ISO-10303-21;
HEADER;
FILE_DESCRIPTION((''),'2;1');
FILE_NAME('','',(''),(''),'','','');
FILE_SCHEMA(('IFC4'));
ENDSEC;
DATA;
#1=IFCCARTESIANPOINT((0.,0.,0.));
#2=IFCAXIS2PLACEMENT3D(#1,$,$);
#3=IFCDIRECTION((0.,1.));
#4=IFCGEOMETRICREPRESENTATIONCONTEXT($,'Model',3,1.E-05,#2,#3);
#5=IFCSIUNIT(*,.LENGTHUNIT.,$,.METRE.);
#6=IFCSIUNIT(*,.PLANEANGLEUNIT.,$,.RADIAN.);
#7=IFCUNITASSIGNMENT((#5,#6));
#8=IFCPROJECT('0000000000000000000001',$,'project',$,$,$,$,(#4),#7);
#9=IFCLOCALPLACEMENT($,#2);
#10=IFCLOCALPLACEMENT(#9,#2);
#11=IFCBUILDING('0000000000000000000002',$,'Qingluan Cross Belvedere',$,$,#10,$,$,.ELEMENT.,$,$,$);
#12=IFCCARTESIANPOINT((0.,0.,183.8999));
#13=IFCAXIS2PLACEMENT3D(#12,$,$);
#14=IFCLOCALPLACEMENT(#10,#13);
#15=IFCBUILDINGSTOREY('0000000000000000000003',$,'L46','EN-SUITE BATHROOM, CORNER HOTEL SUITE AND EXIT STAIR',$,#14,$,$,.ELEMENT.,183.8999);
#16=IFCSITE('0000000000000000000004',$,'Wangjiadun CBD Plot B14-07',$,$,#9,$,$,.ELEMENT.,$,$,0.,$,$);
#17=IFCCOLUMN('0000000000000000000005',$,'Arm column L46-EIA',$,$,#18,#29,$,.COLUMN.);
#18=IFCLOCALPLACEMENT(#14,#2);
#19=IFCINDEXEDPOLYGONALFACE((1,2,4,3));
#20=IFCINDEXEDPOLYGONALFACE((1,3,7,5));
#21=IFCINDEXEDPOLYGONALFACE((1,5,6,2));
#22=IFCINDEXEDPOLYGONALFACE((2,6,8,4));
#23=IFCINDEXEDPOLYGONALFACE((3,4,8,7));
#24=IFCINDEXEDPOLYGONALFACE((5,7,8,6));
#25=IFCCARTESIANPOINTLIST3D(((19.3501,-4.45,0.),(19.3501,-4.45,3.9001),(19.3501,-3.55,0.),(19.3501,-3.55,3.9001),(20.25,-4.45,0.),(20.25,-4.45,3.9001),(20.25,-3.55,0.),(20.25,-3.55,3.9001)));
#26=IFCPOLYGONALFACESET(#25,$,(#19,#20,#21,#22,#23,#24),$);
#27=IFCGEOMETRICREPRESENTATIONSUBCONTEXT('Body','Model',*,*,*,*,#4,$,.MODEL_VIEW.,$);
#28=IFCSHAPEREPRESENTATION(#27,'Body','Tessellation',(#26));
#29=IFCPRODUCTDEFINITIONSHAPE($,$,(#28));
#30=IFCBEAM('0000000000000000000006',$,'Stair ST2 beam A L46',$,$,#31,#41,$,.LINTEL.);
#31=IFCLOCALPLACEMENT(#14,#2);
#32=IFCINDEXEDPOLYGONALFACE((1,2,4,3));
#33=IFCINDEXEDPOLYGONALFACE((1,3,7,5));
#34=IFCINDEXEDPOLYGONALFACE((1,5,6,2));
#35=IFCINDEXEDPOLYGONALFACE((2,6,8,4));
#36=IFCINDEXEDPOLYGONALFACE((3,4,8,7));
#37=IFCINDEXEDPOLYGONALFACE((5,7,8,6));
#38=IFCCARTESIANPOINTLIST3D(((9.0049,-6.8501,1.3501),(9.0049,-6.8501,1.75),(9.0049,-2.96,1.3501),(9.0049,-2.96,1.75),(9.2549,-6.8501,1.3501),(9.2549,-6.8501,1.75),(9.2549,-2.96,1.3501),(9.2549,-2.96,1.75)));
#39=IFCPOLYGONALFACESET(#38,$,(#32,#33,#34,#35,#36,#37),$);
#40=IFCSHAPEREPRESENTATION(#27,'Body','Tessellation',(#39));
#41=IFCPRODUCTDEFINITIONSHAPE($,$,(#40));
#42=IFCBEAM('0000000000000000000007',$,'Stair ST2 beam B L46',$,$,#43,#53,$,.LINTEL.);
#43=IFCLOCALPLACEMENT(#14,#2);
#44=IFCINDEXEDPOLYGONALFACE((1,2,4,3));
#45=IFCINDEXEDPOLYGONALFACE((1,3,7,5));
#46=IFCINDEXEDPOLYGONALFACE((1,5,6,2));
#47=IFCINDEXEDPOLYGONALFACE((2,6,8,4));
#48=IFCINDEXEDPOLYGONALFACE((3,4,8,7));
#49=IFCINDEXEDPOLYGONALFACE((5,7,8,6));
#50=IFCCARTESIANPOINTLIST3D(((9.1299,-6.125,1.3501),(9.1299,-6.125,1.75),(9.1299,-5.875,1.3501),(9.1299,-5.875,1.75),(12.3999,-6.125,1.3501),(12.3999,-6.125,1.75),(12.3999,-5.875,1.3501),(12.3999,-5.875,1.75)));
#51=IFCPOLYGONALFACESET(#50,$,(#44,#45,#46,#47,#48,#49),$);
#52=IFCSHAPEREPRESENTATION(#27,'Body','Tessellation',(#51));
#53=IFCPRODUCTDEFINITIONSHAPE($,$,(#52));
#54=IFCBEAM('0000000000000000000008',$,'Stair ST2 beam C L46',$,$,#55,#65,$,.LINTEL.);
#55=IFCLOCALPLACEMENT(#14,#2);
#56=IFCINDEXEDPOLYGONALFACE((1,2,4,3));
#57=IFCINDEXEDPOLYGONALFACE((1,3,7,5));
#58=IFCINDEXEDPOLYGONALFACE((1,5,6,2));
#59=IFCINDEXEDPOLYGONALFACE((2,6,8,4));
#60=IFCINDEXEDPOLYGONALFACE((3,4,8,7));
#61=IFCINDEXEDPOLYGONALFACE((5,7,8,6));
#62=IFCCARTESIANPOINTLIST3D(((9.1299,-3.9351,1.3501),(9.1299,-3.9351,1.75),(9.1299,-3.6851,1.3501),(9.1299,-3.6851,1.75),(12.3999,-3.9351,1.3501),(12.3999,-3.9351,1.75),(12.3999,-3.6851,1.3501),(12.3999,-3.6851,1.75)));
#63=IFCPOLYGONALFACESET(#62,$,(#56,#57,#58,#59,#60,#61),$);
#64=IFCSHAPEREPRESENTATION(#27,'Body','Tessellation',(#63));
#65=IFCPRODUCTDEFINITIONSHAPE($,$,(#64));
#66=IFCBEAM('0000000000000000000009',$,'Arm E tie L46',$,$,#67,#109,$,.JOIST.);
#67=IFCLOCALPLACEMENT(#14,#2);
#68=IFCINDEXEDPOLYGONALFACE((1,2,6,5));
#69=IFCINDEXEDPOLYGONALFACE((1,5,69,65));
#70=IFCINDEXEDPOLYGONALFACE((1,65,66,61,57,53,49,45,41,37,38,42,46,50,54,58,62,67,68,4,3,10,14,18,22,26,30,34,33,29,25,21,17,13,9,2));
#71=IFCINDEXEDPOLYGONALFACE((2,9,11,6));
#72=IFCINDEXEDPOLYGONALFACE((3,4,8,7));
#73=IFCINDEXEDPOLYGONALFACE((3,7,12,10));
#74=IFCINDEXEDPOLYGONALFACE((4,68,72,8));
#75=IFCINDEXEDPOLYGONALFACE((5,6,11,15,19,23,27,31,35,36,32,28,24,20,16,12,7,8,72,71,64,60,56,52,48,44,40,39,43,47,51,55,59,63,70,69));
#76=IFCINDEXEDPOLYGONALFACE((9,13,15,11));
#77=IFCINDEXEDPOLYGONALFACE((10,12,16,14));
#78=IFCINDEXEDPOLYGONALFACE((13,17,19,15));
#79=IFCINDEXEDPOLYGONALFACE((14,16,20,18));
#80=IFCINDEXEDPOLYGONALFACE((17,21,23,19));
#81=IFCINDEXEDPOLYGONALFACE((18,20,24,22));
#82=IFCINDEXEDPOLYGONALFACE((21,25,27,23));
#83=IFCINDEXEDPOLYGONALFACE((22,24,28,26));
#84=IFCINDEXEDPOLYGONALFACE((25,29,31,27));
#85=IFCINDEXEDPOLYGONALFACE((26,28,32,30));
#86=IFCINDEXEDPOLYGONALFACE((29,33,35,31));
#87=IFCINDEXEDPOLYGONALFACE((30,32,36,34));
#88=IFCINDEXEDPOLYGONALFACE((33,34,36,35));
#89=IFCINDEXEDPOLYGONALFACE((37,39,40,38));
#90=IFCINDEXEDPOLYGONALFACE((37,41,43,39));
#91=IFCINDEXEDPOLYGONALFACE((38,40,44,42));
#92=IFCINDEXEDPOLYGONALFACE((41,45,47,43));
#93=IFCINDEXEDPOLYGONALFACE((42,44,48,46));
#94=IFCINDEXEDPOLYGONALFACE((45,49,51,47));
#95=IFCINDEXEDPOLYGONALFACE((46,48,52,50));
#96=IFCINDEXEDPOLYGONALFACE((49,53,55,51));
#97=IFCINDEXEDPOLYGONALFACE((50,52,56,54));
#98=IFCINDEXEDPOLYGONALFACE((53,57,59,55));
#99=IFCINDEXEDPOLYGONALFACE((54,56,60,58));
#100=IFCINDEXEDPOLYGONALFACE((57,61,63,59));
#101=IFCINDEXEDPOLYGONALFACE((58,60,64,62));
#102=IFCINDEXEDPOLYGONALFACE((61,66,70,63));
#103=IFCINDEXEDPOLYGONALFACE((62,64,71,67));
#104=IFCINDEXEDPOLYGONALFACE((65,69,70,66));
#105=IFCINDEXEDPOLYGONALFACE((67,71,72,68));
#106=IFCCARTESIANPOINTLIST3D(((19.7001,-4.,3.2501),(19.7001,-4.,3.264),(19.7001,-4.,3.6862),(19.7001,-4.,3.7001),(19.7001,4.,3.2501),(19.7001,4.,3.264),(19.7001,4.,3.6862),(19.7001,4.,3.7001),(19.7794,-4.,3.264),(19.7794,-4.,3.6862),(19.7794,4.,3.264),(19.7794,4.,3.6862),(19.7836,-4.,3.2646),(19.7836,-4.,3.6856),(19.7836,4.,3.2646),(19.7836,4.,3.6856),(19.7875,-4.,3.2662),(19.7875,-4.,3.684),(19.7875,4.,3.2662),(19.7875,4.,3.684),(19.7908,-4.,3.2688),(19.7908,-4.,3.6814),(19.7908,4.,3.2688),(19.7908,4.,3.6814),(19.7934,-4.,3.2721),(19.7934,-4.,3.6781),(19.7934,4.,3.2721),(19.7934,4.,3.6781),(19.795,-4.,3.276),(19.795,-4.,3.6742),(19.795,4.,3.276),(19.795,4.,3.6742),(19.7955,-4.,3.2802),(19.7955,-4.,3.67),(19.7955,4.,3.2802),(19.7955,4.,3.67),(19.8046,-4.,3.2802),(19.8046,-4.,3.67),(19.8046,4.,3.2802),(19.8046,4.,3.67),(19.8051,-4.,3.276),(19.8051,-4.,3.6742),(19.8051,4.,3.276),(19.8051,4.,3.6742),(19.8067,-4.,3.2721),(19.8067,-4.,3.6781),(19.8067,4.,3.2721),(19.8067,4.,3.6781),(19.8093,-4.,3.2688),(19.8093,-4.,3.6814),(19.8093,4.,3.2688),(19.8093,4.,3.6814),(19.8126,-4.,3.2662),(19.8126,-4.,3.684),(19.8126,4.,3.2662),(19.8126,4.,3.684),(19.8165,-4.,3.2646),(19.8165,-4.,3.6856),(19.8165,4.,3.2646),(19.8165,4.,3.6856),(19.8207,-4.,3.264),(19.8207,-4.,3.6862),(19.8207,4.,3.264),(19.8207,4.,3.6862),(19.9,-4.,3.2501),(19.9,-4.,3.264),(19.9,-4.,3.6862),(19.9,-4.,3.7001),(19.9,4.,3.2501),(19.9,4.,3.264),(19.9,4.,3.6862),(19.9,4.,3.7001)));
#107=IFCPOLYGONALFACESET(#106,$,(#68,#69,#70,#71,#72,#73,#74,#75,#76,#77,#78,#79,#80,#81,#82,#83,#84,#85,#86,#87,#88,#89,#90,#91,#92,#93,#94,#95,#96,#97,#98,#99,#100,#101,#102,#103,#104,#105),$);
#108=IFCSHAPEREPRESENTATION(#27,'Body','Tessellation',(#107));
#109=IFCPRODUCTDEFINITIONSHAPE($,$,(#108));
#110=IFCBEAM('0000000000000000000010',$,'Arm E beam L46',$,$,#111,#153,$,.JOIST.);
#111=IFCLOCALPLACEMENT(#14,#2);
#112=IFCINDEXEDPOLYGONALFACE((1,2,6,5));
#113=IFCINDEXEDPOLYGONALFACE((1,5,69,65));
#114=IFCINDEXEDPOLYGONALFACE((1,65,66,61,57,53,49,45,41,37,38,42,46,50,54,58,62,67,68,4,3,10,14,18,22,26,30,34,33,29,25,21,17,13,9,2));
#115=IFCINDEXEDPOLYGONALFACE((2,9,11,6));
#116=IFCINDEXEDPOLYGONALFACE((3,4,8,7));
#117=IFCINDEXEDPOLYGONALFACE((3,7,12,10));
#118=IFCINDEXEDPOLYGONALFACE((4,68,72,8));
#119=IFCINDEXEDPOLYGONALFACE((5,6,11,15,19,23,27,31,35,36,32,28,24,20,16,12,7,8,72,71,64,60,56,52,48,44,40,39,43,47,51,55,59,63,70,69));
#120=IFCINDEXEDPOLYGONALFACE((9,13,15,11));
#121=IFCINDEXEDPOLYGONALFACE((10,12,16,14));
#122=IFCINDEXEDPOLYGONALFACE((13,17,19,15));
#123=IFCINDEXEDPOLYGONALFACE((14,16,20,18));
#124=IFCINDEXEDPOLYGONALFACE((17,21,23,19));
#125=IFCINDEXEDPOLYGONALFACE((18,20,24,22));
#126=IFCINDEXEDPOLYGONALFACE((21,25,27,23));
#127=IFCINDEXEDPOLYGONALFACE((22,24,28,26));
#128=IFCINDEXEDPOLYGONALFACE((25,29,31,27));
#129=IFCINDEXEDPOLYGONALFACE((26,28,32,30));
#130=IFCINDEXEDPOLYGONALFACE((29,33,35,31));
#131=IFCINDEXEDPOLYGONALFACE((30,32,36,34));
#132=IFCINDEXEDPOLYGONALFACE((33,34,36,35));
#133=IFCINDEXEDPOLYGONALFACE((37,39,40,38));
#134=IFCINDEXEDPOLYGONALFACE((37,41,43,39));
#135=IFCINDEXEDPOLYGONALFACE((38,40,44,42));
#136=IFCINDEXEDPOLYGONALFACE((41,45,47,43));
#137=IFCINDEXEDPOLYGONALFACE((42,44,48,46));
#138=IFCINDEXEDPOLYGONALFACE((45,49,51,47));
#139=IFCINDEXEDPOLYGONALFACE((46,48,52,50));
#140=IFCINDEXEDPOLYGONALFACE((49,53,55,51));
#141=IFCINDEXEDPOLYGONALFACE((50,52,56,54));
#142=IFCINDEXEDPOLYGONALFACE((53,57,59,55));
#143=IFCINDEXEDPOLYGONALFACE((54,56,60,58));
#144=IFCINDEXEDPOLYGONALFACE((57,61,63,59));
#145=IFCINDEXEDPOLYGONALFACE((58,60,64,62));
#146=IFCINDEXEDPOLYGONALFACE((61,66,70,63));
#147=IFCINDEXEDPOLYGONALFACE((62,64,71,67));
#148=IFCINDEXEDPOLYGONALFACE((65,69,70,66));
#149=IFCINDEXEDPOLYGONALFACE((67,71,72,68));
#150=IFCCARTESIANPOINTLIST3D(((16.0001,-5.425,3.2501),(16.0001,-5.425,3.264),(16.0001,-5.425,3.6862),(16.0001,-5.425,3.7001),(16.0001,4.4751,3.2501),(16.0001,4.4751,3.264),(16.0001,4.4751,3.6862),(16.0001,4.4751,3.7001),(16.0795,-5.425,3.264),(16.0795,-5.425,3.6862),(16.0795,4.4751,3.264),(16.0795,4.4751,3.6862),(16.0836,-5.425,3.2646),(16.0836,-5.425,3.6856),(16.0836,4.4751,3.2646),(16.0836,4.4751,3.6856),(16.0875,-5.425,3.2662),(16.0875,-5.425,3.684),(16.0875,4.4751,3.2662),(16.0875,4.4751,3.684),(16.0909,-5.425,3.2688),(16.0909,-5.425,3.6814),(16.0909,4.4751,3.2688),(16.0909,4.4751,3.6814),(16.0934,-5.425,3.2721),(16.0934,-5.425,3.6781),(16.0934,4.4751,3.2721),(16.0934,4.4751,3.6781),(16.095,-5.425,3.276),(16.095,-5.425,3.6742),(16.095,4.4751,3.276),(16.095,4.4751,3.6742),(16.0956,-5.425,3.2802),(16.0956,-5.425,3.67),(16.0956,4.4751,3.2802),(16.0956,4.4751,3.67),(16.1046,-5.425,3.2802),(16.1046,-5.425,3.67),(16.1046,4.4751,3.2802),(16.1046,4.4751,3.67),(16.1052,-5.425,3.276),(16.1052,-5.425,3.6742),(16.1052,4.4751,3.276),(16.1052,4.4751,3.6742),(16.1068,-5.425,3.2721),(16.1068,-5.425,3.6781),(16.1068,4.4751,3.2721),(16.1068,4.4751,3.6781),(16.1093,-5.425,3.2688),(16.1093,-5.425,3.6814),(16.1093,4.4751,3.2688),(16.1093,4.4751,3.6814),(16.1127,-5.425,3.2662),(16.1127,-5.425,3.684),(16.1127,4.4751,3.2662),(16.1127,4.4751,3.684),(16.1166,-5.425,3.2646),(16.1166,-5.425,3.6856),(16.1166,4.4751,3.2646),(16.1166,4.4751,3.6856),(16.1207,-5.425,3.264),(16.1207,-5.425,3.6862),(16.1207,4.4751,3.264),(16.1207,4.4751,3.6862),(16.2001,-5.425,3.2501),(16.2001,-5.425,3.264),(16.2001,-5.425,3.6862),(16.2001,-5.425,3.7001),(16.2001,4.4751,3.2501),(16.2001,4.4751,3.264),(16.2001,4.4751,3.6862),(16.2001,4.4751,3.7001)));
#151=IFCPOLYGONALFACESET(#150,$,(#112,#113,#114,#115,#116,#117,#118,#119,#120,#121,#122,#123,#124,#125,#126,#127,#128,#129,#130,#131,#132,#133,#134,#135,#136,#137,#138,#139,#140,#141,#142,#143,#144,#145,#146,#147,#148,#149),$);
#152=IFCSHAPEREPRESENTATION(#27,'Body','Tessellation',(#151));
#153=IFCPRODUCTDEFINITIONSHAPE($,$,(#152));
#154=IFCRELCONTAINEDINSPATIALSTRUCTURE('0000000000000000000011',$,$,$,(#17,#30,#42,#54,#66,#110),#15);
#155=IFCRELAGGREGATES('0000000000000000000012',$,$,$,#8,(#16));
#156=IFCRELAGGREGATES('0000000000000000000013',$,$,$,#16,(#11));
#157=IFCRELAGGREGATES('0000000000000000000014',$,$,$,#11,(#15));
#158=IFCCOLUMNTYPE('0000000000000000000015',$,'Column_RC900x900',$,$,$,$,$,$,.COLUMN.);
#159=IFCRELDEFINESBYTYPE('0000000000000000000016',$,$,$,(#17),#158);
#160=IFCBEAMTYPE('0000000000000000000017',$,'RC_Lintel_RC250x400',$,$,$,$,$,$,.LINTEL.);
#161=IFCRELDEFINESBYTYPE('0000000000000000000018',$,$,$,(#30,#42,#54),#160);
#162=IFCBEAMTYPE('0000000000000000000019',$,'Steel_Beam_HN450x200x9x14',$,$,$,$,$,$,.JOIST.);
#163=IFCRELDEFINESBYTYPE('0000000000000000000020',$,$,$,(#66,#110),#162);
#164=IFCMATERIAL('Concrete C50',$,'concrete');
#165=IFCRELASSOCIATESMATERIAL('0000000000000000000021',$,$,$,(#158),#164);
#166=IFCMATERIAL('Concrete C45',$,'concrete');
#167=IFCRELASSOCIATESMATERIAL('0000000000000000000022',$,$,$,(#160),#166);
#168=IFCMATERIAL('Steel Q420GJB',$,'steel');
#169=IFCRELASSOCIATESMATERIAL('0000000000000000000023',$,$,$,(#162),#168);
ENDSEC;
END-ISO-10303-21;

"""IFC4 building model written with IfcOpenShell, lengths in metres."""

from ifc_helpers import new_model, si_unit, direction, frame, origin, origin_2d, place, context, subcontext, project, spatial, rectangle, i_section, extrude, material, material_profile, profile_set, type_object, element, save


model = new_model("IFC4")

# Units and contexts
model_context = context("Model", 3, precision=1e-05, world=origin(), true_north=direction((0.0, 1.0)))
body_context = subcontext(model_context, "Body", "Model", "MODEL_VIEW")
ifc_project = project(units=[si_unit("LENGTHUNIT", "METRE"), si_unit("PLANEANGLEUNIT", "RADIAN")], contexts=[model_context])

# Site, building, storey
site_placement = place(None, origin())
site = spatial("IfcSite", under=ifc_project, at=site_placement, Name="Wangjiadun CBD Plot B14-07", CompositionType="ELEMENT", RefElevation=0.0)
building_placement = place(site_placement, origin())
building = spatial("IfcBuilding", under=site, at=building_placement, Name="Qingluan Cross Belvedere", CompositionType="ELEMENT")
storey_placement = place(building_placement, frame((0.0, 0.0, 183.8999)))
storey = spatial("IfcBuildingStorey", under=building, at=storey_placement, Name="L46", Description="EN-SUITE BATHROOM, CORNER HOTEL SUITE AND EXIT STAIR", CompositionType="ELEMENT", Elevation=183.8999)

# Column
ifc_material_1 = material(Name="Concrete C50", Category="concrete")
ifc_material_profile_1 = material_profile(ifc_material_1, rectangle(XDim=0.8999, YDim=0.8999, at=origin_2d()), Name="RC900x900")
ifc_profile_set_1 = profile_set([ifc_material_profile_1], Name="Concrete C50")
column_type = type_object("IfcColumnType", Name="Column_RC900x900", PredefinedType="COLUMN", material=ifc_profile_set_1)
column_placement = place(storey_placement, frame((19.8, -4.0, 0.0), z_axis=(0.0, 0.0, 1.0), x_axis=(1.0, 0.0, 0.0)))
element("IfcColumn", 1, at=column_placement, inside=storey, type_object=column_type, Name="Arm column L46-EIA", PredefinedType="COLUMN", context=body_context, shape_type="SweptSolid", body=[
    extrude(rectangle(XDim=0.8999, YDim=0.8999, at=origin_2d()), origin(), (0.0, 0.0, 1.0), 3.9001),
])

# Beams
ifc_material_2 = material(Name="Concrete C45", Category="concrete")
ifc_material_profile_2 = material_profile(ifc_material_2, rectangle(XDim=0.25, YDim=0.3999, at=origin_2d()), Name="RC250x400")
ifc_profile_set_2 = profile_set([ifc_material_profile_2], Name="Concrete C45")
beam_type_1 = type_object("IfcBeamType", Name="RC_Lintel_RC250x400", PredefinedType="LINTEL", material=ifc_profile_set_2)
beam_1_placement = place(storey_placement, frame((9.1299, -6.8501, 1.55), z_axis=(0.0, 1.0, 0.0), x_axis=(-1.0, 0.0, 0.0)))
element("IfcBeam", 2, at=beam_1_placement, inside=storey, type_object=beam_type_1, Name="Stair ST2 beam A L46", PredefinedType="LINTEL", context=body_context, shape_type="SweptSolid", body=[
    extrude(rectangle(XDim=0.25, YDim=0.3999, at=origin_2d()), origin(), (0.0, 0.0, 1.0), 3.8901),
])
for number, where, z_axis, x_axis, name in (
    (3, (12.3999, -6.0, 1.55), (-1.0, 0.0, 0.0), (0.0, -1.0, 0.0), "Stair ST2 beam B L46"),
    (4, (12.3999, -3.8101, 1.55), (-1.0, 0.0, 0.0), (0.0, -1.0, 0.0), "Stair ST2 beam C L46"),
):
    element("IfcBeam", number, at=place(storey_placement, frame(where, z_axis=z_axis, x_axis=x_axis)), inside=storey, type_object=beam_type_1, Name=name, PredefinedType="LINTEL", context=body_context, shape_type="SweptSolid", body=[
        extrude(rectangle(XDim=0.25, YDim=0.3999, at=origin_2d()), origin(), (0.0, 0.0, 1.0), 3.27),
    ])
ifc_material_3 = material(Name="Steel Q420GJB", Category="steel")
ifc_material_profile_3 = material_profile(ifc_material_3, i_section(OverallWidth=0.2, OverallDepth=0.45, WebThickness=0.009, FlangeThickness=0.0139, FilletRadius=0.0161, at=origin_2d()), Name="HN450x200x9x14")
ifc_profile_set_3 = profile_set([ifc_material_profile_3], Name="Steel Q420GJB")
beam_type_2 = type_object("IfcBeamType", Name="Steel_Beam_HN450x200x9x14", PredefinedType="JOIST", material=ifc_profile_set_3)
beam_2_placement = place(storey_placement, frame((19.8, -4.0, 3.4751), z_axis=(0.0, 1.0, 0.0), x_axis=(-1.0, 0.0, 0.0)))
element("IfcBeam", 5, at=beam_2_placement, inside=storey, type_object=beam_type_2, Name="Arm E tie L46", PredefinedType="JOIST", context=body_context, shape_type="SweptSolid", body=[
    extrude(i_section(OverallWidth=0.2, OverallDepth=0.45, WebThickness=0.009, FlangeThickness=0.0139, FilletRadius=0.0161, at=origin_2d()), origin(), (0.0, 0.0, 1.0), 8.0),
])
beam_3_placement = place(storey_placement, frame((16.1001, -5.425, 3.4751), z_axis=(0.0, 1.0, 0.0), x_axis=(-1.0, 0.0, 0.0)))
element("IfcBeam", 6, at=beam_3_placement, inside=storey, type_object=beam_type_2, Name="Arm E beam L46", PredefinedType="JOIST", context=body_context, shape_type="SweptSolid", body=[
    extrude(i_section(OverallWidth=0.2, OverallDepth=0.45, WebThickness=0.009, FlangeThickness=0.0139, FilletRadius=0.0161, at=origin_2d()), origin(), (0.0, 0.0, 1.0), 9.9001),
])

save(model, "model.ifc")
